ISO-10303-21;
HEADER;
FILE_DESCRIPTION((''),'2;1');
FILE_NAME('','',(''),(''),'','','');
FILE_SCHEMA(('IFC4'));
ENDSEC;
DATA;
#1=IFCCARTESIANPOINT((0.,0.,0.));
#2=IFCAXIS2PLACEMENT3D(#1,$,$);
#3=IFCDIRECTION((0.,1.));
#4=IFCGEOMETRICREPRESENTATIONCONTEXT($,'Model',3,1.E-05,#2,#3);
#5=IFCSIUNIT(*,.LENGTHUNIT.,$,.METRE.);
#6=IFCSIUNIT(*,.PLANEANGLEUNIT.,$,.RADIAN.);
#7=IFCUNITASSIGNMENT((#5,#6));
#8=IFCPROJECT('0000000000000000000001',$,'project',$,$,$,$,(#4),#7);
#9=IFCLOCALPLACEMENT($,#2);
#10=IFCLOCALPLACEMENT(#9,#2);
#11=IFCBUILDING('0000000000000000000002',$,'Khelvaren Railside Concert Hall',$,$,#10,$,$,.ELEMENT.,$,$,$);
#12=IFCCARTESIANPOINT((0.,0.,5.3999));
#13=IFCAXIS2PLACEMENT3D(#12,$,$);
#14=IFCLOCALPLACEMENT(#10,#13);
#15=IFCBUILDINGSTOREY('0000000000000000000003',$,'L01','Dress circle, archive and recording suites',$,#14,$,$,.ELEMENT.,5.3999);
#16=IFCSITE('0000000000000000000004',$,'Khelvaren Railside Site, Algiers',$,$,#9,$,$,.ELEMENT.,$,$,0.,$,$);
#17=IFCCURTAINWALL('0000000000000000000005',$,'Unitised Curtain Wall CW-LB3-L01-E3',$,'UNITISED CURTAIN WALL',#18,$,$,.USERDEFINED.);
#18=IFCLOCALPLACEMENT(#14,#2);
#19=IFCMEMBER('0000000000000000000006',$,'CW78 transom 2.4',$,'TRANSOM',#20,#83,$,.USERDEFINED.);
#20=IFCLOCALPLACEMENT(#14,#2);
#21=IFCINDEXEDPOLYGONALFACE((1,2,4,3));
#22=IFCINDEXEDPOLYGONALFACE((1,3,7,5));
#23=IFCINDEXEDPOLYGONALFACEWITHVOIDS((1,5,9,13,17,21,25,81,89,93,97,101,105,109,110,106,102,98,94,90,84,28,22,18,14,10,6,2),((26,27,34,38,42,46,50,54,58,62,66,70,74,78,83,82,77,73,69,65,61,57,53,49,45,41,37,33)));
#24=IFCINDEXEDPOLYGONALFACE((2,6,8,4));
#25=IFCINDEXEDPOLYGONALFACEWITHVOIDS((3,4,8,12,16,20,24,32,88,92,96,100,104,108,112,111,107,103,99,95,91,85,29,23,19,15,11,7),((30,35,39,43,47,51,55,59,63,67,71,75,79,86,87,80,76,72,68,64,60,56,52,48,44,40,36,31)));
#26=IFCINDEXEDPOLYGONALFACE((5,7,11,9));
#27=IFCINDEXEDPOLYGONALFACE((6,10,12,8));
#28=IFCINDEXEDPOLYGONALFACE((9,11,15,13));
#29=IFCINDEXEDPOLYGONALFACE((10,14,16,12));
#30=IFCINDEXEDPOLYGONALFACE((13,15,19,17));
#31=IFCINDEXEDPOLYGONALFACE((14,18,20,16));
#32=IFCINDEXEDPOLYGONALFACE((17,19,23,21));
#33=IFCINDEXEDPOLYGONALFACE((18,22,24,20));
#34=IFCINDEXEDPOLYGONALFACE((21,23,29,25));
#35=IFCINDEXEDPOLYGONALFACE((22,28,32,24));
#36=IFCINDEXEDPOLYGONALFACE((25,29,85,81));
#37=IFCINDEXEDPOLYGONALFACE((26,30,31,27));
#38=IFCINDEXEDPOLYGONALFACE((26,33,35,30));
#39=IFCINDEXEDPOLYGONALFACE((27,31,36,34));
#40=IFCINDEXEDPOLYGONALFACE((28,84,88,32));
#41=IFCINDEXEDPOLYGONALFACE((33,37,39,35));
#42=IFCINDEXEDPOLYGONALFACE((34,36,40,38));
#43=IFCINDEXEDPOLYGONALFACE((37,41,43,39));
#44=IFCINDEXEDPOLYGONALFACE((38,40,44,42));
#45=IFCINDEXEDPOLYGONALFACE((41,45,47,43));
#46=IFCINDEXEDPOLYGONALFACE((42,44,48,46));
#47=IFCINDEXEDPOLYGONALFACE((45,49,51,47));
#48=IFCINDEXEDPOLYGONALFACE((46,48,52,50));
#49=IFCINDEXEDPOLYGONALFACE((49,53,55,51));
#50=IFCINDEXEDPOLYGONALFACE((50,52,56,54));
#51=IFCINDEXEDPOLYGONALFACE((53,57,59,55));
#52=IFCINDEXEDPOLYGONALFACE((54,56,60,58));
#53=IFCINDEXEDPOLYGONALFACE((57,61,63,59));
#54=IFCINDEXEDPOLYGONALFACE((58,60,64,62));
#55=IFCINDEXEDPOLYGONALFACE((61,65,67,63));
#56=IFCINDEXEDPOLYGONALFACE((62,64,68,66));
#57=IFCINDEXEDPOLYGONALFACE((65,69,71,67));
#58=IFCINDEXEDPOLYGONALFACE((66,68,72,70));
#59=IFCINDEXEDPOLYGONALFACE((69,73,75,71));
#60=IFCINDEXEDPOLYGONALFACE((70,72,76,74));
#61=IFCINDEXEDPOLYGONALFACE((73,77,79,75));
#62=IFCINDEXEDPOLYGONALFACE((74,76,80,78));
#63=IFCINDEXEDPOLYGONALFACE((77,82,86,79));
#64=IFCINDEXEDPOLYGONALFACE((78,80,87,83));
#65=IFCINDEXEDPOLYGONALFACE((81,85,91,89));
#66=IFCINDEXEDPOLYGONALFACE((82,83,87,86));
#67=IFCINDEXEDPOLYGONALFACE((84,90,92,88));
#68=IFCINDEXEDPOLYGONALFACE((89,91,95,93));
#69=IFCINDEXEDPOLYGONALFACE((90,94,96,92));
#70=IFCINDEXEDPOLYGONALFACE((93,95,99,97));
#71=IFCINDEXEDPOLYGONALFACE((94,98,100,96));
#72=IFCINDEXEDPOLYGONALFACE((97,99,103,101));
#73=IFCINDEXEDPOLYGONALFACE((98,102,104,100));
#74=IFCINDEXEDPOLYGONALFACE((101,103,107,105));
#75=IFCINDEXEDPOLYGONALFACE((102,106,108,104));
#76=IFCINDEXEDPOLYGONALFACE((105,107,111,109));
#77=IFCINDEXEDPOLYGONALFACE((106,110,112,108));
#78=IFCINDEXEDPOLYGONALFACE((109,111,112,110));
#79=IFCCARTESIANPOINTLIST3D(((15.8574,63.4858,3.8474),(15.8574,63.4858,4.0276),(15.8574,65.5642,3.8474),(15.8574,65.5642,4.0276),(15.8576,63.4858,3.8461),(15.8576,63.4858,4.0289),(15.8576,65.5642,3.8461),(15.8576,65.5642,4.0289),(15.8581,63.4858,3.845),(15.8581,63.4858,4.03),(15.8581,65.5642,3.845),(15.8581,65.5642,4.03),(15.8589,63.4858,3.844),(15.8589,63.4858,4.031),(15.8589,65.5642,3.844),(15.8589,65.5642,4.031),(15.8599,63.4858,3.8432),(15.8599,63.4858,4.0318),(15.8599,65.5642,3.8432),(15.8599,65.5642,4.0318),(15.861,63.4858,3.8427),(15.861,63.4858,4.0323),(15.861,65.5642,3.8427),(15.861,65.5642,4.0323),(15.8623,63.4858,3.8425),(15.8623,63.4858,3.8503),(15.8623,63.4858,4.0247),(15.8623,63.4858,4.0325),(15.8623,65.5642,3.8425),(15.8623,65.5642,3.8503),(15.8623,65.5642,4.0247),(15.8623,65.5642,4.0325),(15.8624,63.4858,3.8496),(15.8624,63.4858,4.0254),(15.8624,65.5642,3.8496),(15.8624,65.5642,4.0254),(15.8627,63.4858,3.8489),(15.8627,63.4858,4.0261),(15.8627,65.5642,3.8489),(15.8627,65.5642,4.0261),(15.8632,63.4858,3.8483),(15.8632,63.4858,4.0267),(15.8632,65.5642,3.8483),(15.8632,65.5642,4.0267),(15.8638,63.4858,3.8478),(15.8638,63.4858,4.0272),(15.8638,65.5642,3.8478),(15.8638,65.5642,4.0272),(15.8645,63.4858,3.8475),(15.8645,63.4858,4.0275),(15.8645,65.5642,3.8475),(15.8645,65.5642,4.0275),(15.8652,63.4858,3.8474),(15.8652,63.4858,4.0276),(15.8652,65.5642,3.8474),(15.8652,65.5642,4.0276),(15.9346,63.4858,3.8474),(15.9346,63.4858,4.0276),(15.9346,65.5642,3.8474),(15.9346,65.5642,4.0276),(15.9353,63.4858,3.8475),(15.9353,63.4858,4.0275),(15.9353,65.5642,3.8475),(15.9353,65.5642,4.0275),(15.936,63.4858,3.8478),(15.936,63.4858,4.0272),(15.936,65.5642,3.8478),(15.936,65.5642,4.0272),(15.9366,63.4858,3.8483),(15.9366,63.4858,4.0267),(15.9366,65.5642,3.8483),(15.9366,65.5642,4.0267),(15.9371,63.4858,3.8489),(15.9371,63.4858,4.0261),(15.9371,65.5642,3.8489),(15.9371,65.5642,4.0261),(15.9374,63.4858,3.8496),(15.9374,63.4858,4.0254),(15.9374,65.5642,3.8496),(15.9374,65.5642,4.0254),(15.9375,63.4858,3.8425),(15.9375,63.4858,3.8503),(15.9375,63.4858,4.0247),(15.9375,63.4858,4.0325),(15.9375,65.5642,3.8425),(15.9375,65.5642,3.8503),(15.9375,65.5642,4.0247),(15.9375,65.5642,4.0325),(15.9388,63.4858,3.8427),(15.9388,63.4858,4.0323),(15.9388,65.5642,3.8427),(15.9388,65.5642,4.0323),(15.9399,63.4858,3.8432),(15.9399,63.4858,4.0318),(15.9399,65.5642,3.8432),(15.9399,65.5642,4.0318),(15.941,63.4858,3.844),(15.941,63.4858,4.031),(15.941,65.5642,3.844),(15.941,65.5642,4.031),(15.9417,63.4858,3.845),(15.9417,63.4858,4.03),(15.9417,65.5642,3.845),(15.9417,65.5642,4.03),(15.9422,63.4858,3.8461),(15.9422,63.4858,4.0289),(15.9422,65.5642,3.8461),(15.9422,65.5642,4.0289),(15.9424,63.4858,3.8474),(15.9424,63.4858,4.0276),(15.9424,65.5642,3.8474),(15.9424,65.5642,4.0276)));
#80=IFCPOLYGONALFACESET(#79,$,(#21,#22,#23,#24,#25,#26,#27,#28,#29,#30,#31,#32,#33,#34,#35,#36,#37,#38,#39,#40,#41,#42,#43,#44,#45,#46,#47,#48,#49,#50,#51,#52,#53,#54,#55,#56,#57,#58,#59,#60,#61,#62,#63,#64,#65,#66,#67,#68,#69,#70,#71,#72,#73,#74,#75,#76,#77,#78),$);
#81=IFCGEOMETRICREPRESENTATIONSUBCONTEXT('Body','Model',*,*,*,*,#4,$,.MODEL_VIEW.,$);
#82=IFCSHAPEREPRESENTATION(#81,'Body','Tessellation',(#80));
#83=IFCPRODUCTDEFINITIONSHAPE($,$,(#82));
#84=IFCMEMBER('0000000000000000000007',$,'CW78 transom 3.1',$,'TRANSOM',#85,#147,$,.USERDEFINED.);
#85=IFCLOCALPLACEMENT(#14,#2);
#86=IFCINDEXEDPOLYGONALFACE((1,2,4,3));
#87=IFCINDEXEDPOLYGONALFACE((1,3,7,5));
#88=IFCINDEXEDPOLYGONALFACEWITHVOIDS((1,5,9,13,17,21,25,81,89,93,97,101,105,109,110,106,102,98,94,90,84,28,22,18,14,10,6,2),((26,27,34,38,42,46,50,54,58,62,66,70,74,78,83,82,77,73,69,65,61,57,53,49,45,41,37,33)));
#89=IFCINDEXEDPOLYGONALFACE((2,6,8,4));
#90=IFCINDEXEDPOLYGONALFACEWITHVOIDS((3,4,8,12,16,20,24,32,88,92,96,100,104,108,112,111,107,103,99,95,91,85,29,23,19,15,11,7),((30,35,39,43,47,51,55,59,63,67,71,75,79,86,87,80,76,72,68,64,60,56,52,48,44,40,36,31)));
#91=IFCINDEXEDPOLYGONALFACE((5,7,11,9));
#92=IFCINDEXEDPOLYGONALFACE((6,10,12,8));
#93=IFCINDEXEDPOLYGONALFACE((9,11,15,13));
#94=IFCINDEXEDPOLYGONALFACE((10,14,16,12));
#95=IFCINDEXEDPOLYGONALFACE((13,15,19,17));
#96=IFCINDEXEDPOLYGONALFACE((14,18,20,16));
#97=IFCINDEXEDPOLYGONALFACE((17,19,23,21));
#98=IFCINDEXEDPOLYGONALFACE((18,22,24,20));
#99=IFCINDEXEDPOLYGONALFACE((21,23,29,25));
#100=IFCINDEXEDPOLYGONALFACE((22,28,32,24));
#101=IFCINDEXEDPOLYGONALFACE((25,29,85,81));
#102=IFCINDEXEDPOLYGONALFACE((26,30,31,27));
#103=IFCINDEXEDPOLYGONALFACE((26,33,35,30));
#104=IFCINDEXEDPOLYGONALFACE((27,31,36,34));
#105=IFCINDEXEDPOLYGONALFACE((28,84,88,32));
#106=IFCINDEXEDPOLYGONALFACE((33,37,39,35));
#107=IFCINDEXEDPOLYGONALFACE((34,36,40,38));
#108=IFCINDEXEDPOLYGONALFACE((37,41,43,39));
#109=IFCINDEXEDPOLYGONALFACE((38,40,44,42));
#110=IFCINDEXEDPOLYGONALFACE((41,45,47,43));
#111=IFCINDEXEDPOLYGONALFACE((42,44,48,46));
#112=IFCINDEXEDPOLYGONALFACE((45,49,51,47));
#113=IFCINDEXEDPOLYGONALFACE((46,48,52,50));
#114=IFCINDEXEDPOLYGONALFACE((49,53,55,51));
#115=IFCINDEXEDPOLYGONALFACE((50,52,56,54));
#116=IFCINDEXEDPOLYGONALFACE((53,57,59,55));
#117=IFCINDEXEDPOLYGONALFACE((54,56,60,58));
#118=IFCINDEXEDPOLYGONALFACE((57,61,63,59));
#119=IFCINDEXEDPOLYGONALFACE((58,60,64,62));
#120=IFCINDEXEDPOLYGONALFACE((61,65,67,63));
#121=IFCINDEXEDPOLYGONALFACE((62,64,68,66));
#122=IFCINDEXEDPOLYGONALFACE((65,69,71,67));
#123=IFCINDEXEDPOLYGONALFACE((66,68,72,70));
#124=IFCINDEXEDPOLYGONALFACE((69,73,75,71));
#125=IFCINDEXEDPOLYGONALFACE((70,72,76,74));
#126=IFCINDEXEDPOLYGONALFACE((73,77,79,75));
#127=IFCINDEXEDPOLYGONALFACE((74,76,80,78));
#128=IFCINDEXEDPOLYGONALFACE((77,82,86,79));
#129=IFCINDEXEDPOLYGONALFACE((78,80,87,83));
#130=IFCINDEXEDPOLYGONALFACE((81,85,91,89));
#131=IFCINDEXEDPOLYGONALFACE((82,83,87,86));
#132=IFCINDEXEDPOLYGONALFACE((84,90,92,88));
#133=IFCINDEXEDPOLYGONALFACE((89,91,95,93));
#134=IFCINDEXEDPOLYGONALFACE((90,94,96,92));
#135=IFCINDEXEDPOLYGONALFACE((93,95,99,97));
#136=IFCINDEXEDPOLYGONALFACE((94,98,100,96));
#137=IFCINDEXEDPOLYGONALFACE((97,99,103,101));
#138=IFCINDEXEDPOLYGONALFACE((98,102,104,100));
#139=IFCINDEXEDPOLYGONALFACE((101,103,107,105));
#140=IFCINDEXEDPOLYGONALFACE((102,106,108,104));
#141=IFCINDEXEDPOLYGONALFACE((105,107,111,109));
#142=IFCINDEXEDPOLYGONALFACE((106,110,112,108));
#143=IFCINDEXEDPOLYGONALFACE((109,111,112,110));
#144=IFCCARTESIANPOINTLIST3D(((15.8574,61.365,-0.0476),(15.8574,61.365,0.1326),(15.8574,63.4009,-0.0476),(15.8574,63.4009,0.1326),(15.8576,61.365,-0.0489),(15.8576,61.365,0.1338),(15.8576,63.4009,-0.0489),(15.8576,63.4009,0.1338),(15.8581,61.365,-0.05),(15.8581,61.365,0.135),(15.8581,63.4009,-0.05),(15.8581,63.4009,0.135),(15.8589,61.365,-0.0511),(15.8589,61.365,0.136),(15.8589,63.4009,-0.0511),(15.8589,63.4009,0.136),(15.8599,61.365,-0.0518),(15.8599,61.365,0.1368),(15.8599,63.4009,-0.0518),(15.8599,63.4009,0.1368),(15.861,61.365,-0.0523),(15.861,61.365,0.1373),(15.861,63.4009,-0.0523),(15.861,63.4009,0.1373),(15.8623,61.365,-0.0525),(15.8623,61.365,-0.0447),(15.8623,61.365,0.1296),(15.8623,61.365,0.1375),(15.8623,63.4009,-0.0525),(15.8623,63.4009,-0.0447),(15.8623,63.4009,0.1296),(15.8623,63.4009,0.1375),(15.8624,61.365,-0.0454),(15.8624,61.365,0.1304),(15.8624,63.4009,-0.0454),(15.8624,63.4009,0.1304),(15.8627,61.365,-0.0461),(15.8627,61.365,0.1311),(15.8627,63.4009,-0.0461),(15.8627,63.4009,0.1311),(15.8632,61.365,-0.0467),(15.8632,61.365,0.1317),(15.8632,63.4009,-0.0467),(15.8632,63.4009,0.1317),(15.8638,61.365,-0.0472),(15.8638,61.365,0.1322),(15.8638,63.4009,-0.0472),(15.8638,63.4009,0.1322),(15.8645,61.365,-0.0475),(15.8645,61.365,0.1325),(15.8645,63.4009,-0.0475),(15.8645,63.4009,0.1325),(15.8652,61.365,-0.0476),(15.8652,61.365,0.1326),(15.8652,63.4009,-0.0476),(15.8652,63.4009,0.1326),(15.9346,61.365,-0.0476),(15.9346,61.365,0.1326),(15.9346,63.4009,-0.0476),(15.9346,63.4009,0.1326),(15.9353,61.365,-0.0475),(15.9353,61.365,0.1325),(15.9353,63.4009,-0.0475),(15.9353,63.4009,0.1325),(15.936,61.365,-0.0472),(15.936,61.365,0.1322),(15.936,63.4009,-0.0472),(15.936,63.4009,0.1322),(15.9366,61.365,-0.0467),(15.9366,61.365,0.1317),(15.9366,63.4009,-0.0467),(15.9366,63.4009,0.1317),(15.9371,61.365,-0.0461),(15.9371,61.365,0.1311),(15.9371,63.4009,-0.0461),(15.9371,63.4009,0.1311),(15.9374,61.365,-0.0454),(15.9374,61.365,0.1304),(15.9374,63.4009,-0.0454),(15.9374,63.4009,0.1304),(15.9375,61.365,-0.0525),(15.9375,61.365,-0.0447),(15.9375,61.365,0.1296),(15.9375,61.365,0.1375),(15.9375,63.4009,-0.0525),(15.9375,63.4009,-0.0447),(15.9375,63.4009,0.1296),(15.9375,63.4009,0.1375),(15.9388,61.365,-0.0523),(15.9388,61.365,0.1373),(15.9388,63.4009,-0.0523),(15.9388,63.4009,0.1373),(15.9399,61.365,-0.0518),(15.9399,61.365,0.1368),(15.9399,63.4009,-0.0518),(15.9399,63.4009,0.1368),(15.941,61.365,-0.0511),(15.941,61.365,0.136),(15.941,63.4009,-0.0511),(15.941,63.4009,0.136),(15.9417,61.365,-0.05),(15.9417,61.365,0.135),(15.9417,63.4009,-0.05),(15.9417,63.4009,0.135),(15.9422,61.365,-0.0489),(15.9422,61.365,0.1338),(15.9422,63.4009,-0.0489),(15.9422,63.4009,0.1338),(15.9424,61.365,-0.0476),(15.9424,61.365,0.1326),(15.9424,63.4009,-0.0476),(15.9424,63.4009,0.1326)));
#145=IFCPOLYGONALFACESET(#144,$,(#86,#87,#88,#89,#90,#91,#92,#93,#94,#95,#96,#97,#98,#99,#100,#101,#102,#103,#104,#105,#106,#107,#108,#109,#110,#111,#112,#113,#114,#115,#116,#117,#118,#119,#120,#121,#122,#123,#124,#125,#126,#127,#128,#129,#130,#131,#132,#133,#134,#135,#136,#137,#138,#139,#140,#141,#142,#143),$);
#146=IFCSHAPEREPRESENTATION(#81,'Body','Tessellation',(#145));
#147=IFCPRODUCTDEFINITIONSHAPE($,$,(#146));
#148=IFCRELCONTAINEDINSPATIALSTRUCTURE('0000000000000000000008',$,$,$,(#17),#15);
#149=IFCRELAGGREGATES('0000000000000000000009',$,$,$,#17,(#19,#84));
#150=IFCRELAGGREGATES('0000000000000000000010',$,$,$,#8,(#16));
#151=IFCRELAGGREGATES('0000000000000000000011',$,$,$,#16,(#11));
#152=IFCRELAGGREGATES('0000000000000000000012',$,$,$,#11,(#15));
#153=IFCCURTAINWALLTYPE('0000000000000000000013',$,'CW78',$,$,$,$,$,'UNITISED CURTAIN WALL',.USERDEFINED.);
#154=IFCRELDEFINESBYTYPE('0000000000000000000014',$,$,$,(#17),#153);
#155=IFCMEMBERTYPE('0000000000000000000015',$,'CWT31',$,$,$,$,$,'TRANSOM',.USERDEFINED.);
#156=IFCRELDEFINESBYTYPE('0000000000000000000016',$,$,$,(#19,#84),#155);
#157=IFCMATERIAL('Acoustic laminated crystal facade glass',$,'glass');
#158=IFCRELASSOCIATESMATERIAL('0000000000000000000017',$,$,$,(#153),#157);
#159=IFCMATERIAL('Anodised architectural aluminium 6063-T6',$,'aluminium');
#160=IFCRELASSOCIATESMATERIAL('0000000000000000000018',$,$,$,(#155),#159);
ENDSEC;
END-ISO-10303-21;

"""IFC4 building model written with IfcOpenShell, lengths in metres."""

from ifc_helpers import new_model, si_unit, direction, frame, origin, origin_2d, place, context, subcontext, project, spatial, hollow_rectangle, extrude, material, material_profile, profile_set, type_object, element, aggregate, save


model = new_model("IFC4")

# Units and contexts
model_context = context("Model", 3, precision=1e-05, world=origin(), true_north=direction((0.0, 1.0)))
body_context = subcontext(model_context, "Body", "Model", "MODEL_VIEW")
ifc_project = project(units=[si_unit("LENGTHUNIT", "METRE"), si_unit("PLANEANGLEUNIT", "RADIAN")], contexts=[model_context])

# Site, building, storey
site_placement = place(None, origin())
site = spatial("IfcSite", under=ifc_project, at=site_placement, Name="Khelvaren Railside Site, Algiers", CompositionType="ELEMENT", RefElevation=0.0)
building_placement = place(site_placement, origin())
building = spatial("IfcBuilding", under=site, at=building_placement, Name="Khelvaren Railside Concert Hall", CompositionType="ELEMENT")
storey_placement = place(building_placement, frame((0.0, 0.0, 5.3999)))
storey = spatial("IfcBuildingStorey", under=building, at=storey_placement, Name="L01", Description="Dress circle, archive and recording suites", CompositionType="ELEMENT", Elevation=5.3999)

# Curtain wall, members
ifc_material_1 = material(Name="Acoustic laminated crystal facade glass", Category="glass")
curtain_wall_type = type_object("IfcCurtainWallType", Name="CW78", ElementType="UNITISED CURTAIN WALL", PredefinedType="USERDEFINED", material=ifc_material_1)
curtain_wall_placement = place(storey_placement, origin())
curtain_wall = element("IfcCurtainWall", 1, at=curtain_wall_placement, inside=storey, type_object=curtain_wall_type, Name="Unitised Curtain Wall CW-LB3-L01-E3", ObjectType="UNITISED CURTAIN WALL", PredefinedType="USERDEFINED")
ifc_material_2 = material(Name="Anodised architectural aluminium 6063-T6", Category="aluminium")
ifc_material_profile_1 = material_profile(ifc_material_2, hollow_rectangle(XDim=0.085, YDim=0.1899, WallThickness=0.0049, InnerFilletRadius=0.0029, OuterFilletRadius=0.0049, at=origin_2d()), Name="CWT 85x190x5")
ifc_profile_set_1 = profile_set([ifc_material_profile_1], Name="Anodised architectural aluminium 6063-T6")
member_type_1 = type_object("IfcMemberType", Name="CWT31", ElementType="TRANSOM", PredefinedType="USERDEFINED", material=ifc_profile_set_1)
member_1_placement = place(storey_placement, frame((15.8999, 65.5642, 3.9375), z_axis=(0.0, -1.0, 0.0), x_axis=(1.0, 0.0, 0.0)))
member_1 = element("IfcMember", 2, at=member_1_placement, type_object=member_type_1, Name="CW78 transom 2.4", ObjectType="TRANSOM", PredefinedType="USERDEFINED", context=body_context, shape_type="SweptSolid", body=[
    extrude(hollow_rectangle(XDim=0.085, YDim=0.1899, WallThickness=0.0049, InnerFilletRadius=0.0029, OuterFilletRadius=0.0049, at=origin_2d()), origin(), (0.0, 0.0, 1.0), 2.0784),
])
member_2_placement = place(storey_placement, frame((15.8999, 63.4009, 0.0425), z_axis=(0.0, -1.0, 0.0), x_axis=(1.0, 0.0, 0.0)))
member_2 = element("IfcMember", 3, at=member_2_placement, type_object=member_type_1, Name="CW78 transom 3.1", ObjectType="TRANSOM", PredefinedType="USERDEFINED", context=body_context, shape_type="SweptSolid", body=[
    extrude(hollow_rectangle(XDim=0.085, YDim=0.1899, WallThickness=0.0049, InnerFilletRadius=0.0029, OuterFilletRadius=0.0049, at=origin_2d()), origin(), (0.0, 0.0, 1.0), 2.0359),
])
aggregate(curtain_wall, [member_1, member_2])

save(model, "model.ifc")
